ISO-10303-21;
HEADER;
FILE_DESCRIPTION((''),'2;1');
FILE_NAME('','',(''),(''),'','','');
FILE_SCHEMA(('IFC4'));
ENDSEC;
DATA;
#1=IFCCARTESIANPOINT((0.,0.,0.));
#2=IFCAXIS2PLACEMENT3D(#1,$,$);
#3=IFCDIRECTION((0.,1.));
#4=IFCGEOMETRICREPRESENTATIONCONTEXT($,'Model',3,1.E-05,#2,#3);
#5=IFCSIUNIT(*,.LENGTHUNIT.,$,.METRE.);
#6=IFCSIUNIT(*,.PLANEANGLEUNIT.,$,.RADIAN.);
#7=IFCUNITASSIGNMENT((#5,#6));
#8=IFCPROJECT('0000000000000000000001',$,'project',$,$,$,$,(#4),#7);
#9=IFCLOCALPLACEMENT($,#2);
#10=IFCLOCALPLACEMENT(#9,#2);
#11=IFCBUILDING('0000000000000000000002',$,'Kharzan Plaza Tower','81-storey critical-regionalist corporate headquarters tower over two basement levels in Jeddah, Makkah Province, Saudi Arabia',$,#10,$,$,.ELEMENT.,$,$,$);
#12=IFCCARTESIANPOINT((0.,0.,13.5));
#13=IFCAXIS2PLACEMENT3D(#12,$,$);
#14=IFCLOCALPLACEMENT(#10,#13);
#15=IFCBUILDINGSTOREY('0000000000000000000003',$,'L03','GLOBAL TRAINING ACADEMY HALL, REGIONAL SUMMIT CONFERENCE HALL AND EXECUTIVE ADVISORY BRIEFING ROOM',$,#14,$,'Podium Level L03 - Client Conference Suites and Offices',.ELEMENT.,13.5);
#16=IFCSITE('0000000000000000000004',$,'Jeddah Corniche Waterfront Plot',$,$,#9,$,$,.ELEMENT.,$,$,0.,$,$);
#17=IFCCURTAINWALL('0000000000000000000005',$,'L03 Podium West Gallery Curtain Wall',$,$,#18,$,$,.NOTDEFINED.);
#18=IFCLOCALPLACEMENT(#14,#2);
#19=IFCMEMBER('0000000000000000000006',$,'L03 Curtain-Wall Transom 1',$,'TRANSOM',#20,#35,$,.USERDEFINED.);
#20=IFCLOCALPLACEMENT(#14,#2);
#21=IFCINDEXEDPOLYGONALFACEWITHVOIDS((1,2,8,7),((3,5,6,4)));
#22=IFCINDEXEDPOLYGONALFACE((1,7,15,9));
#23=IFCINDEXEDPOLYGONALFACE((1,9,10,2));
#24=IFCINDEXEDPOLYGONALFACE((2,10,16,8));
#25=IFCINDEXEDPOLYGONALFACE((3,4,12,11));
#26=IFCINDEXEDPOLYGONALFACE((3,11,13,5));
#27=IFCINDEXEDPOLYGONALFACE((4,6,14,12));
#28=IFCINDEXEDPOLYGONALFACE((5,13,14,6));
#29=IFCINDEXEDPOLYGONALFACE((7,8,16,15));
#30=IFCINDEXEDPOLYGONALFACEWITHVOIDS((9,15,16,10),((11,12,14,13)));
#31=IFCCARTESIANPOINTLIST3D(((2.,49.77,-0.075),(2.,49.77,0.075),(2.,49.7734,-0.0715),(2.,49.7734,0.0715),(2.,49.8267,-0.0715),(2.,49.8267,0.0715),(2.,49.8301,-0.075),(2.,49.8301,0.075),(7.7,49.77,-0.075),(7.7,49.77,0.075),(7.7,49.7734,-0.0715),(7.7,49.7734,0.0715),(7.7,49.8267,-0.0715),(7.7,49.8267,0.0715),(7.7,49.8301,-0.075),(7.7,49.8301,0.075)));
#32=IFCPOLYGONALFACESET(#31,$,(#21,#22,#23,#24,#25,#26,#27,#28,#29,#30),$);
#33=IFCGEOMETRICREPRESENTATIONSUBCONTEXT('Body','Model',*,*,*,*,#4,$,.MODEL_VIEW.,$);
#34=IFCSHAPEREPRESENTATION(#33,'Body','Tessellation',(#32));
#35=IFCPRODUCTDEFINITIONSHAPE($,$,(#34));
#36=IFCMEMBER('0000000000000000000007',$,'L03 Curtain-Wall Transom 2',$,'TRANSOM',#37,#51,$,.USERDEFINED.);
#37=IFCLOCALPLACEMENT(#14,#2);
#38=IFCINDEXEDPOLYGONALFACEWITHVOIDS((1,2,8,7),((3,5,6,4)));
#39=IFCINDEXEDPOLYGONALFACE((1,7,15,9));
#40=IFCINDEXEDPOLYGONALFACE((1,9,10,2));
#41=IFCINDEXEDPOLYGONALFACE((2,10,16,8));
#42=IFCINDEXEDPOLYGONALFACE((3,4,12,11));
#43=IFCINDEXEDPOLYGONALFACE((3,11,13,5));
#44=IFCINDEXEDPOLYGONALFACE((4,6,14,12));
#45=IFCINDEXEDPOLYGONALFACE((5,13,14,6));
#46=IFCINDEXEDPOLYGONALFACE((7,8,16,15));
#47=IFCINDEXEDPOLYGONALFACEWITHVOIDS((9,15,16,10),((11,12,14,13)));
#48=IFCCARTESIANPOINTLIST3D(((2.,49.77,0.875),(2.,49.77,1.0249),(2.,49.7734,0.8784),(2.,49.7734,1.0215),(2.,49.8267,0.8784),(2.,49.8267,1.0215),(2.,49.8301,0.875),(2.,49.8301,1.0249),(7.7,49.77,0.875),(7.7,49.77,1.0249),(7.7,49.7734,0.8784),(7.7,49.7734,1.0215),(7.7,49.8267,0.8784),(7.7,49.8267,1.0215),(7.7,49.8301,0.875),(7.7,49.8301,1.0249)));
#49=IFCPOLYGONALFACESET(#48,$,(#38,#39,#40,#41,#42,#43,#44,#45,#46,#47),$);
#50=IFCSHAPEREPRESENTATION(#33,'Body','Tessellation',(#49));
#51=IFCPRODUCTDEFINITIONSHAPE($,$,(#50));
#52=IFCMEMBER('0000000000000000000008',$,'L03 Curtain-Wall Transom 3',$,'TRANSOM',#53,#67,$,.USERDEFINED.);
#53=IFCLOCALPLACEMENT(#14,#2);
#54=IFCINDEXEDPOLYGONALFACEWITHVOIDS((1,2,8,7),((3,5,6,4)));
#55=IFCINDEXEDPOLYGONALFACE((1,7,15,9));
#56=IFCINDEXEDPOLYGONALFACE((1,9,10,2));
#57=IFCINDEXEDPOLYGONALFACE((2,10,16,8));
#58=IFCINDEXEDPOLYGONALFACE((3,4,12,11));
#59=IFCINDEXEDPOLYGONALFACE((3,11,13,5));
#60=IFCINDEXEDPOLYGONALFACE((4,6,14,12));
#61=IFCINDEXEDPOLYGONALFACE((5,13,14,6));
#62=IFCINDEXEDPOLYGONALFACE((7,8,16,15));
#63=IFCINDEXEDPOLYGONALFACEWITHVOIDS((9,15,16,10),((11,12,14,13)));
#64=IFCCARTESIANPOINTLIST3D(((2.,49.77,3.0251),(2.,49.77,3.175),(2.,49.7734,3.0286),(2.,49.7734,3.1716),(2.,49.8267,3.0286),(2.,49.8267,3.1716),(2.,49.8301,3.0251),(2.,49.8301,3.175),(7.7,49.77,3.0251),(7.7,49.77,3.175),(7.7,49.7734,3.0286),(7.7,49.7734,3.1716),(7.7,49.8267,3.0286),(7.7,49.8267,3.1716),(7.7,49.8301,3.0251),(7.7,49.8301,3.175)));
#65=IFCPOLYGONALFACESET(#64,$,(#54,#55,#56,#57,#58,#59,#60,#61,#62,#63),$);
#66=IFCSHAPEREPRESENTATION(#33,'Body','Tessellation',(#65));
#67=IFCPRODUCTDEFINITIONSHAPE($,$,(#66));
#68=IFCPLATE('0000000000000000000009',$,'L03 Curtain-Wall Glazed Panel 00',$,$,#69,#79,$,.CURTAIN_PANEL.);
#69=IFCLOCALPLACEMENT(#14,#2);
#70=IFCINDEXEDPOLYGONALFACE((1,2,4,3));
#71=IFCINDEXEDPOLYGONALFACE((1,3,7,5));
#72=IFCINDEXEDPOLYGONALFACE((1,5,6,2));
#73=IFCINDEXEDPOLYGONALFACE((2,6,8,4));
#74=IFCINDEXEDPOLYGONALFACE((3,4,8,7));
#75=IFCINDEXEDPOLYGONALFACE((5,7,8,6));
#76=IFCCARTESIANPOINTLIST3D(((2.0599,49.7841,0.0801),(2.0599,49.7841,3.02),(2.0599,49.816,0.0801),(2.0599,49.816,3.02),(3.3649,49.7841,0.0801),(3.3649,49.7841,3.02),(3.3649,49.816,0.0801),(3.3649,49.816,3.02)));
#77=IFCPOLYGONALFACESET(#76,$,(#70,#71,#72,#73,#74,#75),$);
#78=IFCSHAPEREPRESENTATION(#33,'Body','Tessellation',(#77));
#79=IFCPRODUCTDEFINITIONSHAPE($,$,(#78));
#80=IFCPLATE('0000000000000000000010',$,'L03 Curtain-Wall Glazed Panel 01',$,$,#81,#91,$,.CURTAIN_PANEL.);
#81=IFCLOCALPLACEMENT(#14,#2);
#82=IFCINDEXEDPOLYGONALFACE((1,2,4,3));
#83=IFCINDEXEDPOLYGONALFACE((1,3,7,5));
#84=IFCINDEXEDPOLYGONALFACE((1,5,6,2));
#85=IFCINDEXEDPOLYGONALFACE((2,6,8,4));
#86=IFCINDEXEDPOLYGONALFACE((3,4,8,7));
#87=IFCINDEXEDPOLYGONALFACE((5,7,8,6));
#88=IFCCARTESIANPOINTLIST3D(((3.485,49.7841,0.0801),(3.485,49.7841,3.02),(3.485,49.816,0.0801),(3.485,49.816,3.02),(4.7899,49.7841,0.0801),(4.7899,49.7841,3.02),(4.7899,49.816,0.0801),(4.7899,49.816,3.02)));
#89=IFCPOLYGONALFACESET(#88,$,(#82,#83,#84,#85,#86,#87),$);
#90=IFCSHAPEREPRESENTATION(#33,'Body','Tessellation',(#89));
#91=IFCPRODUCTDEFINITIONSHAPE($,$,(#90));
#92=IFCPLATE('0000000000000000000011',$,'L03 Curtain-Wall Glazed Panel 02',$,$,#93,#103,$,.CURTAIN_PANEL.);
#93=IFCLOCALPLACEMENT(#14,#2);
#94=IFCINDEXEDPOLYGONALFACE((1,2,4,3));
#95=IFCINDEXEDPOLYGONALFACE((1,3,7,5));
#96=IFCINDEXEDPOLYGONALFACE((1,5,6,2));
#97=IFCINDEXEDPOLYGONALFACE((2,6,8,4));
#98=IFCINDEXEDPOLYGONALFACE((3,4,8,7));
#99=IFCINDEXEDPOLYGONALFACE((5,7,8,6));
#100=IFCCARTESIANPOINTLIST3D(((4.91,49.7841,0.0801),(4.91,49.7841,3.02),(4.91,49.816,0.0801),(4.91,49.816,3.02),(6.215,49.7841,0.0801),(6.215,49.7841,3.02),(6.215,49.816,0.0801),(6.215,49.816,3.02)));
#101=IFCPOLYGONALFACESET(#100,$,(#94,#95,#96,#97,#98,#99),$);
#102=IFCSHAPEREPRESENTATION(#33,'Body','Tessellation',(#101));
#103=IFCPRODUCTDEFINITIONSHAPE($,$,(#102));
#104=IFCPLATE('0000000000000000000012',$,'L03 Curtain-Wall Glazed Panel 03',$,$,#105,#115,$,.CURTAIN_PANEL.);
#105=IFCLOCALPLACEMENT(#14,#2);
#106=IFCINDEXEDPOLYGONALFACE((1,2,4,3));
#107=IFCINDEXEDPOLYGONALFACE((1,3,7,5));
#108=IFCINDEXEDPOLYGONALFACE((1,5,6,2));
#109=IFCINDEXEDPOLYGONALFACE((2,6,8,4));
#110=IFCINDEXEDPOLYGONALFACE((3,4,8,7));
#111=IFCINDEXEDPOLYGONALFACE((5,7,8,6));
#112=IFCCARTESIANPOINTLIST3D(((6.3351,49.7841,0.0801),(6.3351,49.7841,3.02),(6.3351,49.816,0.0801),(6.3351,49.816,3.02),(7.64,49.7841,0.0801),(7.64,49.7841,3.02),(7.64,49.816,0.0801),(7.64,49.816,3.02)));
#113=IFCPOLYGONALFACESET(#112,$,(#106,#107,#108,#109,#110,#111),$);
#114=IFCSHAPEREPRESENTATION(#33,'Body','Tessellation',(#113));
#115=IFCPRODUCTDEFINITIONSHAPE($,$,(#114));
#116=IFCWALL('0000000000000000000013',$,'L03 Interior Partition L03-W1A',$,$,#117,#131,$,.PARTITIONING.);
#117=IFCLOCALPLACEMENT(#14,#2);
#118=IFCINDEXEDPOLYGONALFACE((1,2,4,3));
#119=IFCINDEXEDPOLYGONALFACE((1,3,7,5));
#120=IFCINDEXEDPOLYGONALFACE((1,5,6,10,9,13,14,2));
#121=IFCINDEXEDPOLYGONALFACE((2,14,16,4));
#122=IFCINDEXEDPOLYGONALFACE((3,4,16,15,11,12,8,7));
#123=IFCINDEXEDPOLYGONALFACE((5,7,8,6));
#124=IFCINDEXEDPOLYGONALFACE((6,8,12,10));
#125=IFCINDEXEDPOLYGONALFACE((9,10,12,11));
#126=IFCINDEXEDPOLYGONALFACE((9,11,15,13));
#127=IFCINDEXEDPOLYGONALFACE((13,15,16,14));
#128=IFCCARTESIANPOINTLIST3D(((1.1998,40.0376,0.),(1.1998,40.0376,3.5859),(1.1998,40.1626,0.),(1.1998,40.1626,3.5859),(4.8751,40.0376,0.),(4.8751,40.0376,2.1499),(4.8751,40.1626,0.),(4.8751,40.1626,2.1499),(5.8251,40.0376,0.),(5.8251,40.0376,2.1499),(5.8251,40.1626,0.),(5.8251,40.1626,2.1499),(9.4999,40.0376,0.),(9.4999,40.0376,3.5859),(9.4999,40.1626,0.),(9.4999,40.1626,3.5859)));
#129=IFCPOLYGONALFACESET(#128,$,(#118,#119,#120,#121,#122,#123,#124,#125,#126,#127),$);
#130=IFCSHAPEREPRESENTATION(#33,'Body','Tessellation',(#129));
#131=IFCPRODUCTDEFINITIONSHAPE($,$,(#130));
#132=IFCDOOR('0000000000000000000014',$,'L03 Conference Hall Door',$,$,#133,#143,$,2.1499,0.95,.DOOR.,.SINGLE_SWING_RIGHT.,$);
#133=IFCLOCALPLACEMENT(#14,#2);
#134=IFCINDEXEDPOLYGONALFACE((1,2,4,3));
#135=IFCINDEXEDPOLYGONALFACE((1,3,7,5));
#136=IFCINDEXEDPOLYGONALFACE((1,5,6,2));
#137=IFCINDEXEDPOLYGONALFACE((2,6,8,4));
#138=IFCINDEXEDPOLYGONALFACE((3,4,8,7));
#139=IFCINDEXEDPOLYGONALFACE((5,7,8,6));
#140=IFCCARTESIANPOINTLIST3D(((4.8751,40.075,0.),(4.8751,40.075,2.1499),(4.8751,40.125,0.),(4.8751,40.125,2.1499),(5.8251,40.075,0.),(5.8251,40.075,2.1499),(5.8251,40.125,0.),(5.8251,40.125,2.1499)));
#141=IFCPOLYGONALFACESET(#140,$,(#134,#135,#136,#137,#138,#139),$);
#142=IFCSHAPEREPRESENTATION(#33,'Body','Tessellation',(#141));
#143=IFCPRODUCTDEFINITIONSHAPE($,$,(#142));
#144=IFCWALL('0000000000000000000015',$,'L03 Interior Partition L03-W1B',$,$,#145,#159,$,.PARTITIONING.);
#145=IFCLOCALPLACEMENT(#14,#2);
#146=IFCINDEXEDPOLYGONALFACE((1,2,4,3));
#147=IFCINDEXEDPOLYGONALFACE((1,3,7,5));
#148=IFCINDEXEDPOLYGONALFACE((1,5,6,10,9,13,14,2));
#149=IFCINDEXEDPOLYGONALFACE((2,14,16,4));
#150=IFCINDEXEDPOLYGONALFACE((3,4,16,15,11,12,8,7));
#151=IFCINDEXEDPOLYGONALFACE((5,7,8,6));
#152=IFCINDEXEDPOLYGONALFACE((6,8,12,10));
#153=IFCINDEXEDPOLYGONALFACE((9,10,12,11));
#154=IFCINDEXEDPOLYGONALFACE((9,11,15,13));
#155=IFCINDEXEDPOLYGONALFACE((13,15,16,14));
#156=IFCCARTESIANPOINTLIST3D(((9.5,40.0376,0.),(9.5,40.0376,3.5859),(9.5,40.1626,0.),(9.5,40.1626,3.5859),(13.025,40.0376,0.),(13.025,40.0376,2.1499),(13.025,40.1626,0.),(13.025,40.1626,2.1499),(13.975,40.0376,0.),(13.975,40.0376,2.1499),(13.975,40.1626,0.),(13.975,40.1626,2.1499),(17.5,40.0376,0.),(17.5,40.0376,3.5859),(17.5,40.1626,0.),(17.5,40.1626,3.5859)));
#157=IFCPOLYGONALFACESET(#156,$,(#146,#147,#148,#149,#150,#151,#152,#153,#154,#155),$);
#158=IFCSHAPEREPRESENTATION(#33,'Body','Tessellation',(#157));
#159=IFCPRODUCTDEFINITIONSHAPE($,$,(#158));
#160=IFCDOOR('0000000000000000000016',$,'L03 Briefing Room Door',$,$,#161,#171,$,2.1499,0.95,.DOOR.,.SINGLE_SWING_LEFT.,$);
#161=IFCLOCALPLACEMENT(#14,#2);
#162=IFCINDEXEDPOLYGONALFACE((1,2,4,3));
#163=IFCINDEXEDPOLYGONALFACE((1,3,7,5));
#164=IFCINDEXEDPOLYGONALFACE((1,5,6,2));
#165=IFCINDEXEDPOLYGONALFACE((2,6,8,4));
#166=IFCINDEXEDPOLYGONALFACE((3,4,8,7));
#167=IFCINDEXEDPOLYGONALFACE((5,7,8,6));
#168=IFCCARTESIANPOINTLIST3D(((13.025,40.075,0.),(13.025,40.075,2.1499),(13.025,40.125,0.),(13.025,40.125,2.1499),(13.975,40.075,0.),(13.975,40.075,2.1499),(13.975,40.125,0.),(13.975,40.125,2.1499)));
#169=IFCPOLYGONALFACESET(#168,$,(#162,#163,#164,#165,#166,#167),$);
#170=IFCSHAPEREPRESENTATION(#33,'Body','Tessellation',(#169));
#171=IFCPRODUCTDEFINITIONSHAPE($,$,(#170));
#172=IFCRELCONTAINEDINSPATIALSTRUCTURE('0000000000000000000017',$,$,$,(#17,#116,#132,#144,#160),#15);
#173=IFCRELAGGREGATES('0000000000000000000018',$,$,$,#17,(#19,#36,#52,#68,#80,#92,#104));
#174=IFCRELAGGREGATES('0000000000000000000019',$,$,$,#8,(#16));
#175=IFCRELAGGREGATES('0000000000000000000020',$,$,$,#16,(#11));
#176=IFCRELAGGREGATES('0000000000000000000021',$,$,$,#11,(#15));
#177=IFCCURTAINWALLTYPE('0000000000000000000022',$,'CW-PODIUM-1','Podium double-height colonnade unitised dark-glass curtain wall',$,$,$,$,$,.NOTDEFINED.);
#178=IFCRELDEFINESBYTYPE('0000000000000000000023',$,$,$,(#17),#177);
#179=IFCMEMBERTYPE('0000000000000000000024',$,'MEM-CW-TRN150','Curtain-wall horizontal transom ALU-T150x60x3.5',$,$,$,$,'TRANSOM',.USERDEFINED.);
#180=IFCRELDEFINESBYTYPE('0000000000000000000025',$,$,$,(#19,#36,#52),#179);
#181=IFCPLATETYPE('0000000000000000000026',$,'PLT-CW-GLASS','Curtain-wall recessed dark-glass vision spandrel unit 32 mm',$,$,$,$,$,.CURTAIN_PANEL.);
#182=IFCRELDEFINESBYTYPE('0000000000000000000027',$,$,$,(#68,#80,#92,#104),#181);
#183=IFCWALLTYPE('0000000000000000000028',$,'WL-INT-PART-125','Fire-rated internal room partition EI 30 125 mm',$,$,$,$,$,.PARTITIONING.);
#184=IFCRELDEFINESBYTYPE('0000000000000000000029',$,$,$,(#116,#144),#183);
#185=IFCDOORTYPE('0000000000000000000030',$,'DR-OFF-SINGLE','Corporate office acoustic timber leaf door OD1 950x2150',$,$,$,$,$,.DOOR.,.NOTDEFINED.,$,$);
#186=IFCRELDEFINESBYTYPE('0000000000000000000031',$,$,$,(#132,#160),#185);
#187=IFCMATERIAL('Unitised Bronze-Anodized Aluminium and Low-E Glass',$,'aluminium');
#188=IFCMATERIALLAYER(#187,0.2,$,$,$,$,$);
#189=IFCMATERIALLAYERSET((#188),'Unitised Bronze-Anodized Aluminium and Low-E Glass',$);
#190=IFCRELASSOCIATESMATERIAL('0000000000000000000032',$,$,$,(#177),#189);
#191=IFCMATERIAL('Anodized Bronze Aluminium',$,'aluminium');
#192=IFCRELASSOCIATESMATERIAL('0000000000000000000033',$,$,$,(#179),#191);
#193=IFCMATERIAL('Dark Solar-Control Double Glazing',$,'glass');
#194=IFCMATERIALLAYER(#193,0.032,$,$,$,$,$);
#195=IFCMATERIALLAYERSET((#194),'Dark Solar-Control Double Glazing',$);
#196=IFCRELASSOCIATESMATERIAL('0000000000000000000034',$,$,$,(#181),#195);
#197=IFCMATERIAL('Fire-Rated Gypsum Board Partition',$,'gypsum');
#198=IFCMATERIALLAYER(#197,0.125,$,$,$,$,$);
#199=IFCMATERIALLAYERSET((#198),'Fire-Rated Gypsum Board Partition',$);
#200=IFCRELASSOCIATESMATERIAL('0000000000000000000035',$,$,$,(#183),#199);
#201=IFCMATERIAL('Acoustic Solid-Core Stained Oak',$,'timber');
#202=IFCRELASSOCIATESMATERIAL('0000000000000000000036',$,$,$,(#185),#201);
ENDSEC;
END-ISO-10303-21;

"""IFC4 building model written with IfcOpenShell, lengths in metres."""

from ifc_helpers import new_model, si_unit, direction, frame, frame_2d, origin, origin_2d, place, context, subcontext, project, spatial, rectangle, hollow_rectangle, extrude, source, transform, mapped, material, layer, layer_set, material_profile, profile_set, type_object, element, fill, aggregate, save


model = new_model("IFC4")

# Units and contexts
model_context = context("Model", 3, precision=1e-05, world=origin(), true_north=direction((0.0, 1.0)))
body_context = subcontext(model_context, "Body", "Model", "MODEL_VIEW")
ifc_project = project(units=[si_unit("LENGTHUNIT", "METRE"), si_unit("PLANEANGLEUNIT", "RADIAN")], contexts=[model_context])

# Site, building, storey
site_placement = place(None, origin())
site = spatial("IfcSite", under=ifc_project, at=site_placement, Name="Jeddah Corniche Waterfront Plot", CompositionType="ELEMENT", RefElevation=0.0)
building_placement = place(site_placement, origin())
building = spatial("IfcBuilding", under=site, at=building_placement, Name="Kharzan Plaza Tower", Description="81-storey critical-regionalist corporate headquarters tower over two basement levels in Jeddah, Makkah Province, Saudi Arabia", CompositionType="ELEMENT")
storey_placement = place(building_placement, frame((0.0, 0.0, 13.5)))
storey = spatial("IfcBuildingStorey", under=building, at=storey_placement, Name="L03", Description="GLOBAL TRAINING ACADEMY HALL, REGIONAL SUMMIT CONFERENCE HALL AND EXECUTIVE ADVISORY BRIEFING ROOM", LongName="Podium Level L03 - Client Conference Suites and Offices", CompositionType="ELEMENT", Elevation=13.5)

# Curtain wall, members, plates
ifc_material_1 = material(Name="Unitised Bronze-Anodized Aluminium and Low-E Glass", Category="aluminium")
ifc_layer_1 = layer(ifc_material_1, 0.2)
ifc_layer_set_1 = layer_set([ifc_layer_1], Name="Unitised Bronze-Anodized Aluminium and Low-E Glass")
curtain_wall_type = type_object("IfcCurtainWallType", Name="CW-PODIUM-1", Description="Podium double-height colonnade unitised dark-glass curtain wall", PredefinedType="NOTDEFINED", material=ifc_layer_set_1)
curtain_wall_placement = place(storey_placement, origin())
curtain_wall = element("IfcCurtainWall", 1, at=curtain_wall_placement, inside=storey, type_object=curtain_wall_type, Name="L03 Podium West Gallery Curtain Wall", PredefinedType="NOTDEFINED")
ifc_material_2 = material(Name="Anodized Bronze Aluminium", Category="aluminium")
ifc_material_profile_1 = material_profile(ifc_material_2, hollow_rectangle(XDim=0.0601, YDim=0.1499, WallThickness=0.0034, at=origin_2d()), Name="ALU-T150x60x3.5")
ifc_profile_set_1 = profile_set([ifc_material_profile_1], Name="Anodized Bronze Aluminium")
member_type_1 = type_object("IfcMemberType", Name="MEM-CW-TRN150", Description="Curtain-wall horizontal transom ALU-T150x60x3.5", ElementType="TRANSOM", PredefinedType="USERDEFINED", material=ifc_profile_set_1)
shared_shape_1 = source(origin(), body_context, "Body", "SweptSolid", [
    extrude(hollow_rectangle(XDim=0.0601, YDim=0.1499, WallThickness=0.0034, at=origin_2d()), origin(), (0.0, 0.0, 1.0), 5.7),
])
member_1_placement = place(storey_placement, frame((2.0, 49.8, 0.0), z_axis=(1.0, 0.0, 0.0), x_axis=(0.0, 1.0, 0.0)))
member_1 = element("IfcMember", 2, at=member_1_placement, type_object=member_type_1, Name="L03 Curtain-Wall Transom 1", ObjectType="TRANSOM", PredefinedType="USERDEFINED", context=body_context, shape_type="MappedRepresentation", body=[
    mapped(shared_shape_1, transform((0.0, 0.0, 0.0), x_axis=(1.0, 0.0, 0.0), y_axis=(0.0, 1.0, 0.0), z_axis=(0.0, 0.0, 1.0))),
])
member_2_placement = place(storey_placement, frame((2.0, 49.8, 0.95), z_axis=(1.0, 0.0, 0.0), x_axis=(0.0, 1.0, 0.0)))
member_2 = element("IfcMember", 3, at=member_2_placement, type_object=member_type_1, Name="L03 Curtain-Wall Transom 2", ObjectType="TRANSOM", PredefinedType="USERDEFINED", context=body_context, shape_type="MappedRepresentation", body=[
    mapped(shared_shape_1, transform((0.0, 0.0, 0.0), x_axis=(1.0, 0.0, 0.0), y_axis=(0.0, 1.0, 0.0), z_axis=(0.0, 0.0, 1.0))),
])
member_3_placement = place(storey_placement, frame((2.0, 49.8, 3.1001), z_axis=(1.0, 0.0, 0.0), x_axis=(0.0, 1.0, 0.0)))
member_3 = element("IfcMember", 4, at=member_3_placement, type_object=member_type_1, Name="L03 Curtain-Wall Transom 3", ObjectType="TRANSOM", PredefinedType="USERDEFINED", context=body_context, shape_type="MappedRepresentation", body=[
    mapped(shared_shape_1, transform((0.0, 0.0, 0.0), x_axis=(1.0, 0.0, 0.0), y_axis=(0.0, 1.0, 0.0), z_axis=(0.0, 0.0, 1.0))),
])
ifc_material_3 = material(Name="Dark Solar-Control Double Glazing", Category="glass")
ifc_layer_2 = layer(ifc_material_3, 0.032)
ifc_layer_set_2 = layer_set([ifc_layer_2], Name="Dark Solar-Control Double Glazing")
plate_type = type_object("IfcPlateType", Name="PLT-CW-GLASS", Description="Curtain-wall recessed dark-glass vision spandrel unit 32 mm", PredefinedType="CURTAIN_PANEL", material=ifc_layer_set_2)
shared_shape_2 = source(origin(), body_context, "Body", "SweptSolid", [
    extrude(rectangle(XDim=1.3049, YDim=0.032, at=origin_2d()), origin(), (0.0, 0.0, 1.0), 2.9399),
])
plate_1_placement = place(storey_placement, frame((2.7124, 49.8, 0.0801), z_axis=(0.0, 0.0, 1.0), x_axis=(1.0, 0.0, 0.0)))
plate_1 = element("IfcPlate", 5, at=plate_1_placement, type_object=plate_type, Name="L03 Curtain-Wall Glazed Panel 00", PredefinedType="CURTAIN_PANEL", context=body_context, shape_type="MappedRepresentation", body=[
    mapped(shared_shape_2, transform((0.0, 0.0, 0.0), x_axis=(1.0, 0.0, 0.0), y_axis=(0.0, 1.0, 0.0), z_axis=(0.0, 0.0, 1.0))),
])
plate_2_placement = place(storey_placement, frame((4.1375, 49.8, 0.0801), z_axis=(0.0, 0.0, 1.0), x_axis=(1.0, 0.0, 0.0)))
plate_2 = element("IfcPlate", 6, at=plate_2_placement, type_object=plate_type, Name="L03 Curtain-Wall Glazed Panel 01", PredefinedType="CURTAIN_PANEL", context=body_context, shape_type="MappedRepresentation", body=[
    mapped(shared_shape_2, transform((0.0, 0.0, 0.0), x_axis=(1.0, 0.0, 0.0), y_axis=(0.0, 1.0, 0.0), z_axis=(0.0, 0.0, 1.0))),
])
plate_3_placement = place(storey_placement, frame((5.5625, 49.8, 0.0801), z_axis=(0.0, 0.0, 1.0), x_axis=(1.0, 0.0, 0.0)))
plate_3 = element("IfcPlate", 7, at=plate_3_placement, type_object=plate_type, Name="L03 Curtain-Wall Glazed Panel 02", PredefinedType="CURTAIN_PANEL", context=body_context, shape_type="MappedRepresentation", body=[
    mapped(shared_shape_2, transform((0.0, 0.0, 0.0), x_axis=(1.0, 0.0, 0.0), y_axis=(0.0, 1.0, 0.0), z_axis=(0.0, 0.0, 1.0))),
])
plate_4_placement = place(storey_placement, frame((6.9875, 49.8, 0.0801), z_axis=(0.0, 0.0, 1.0), x_axis=(1.0, 0.0, 0.0)))
plate_4 = element("IfcPlate", 8, at=plate_4_placement, type_object=plate_type, Name="L03 Curtain-Wall Glazed Panel 03", PredefinedType="CURTAIN_PANEL", context=body_context, shape_type="MappedRepresentation", body=[
    mapped(shared_shape_2, transform((0.0, 0.0, 0.0), x_axis=(1.0, 0.0, 0.0), y_axis=(0.0, 1.0, 0.0), z_axis=(0.0, 0.0, 1.0))),
])
aggregate(curtain_wall, [member_1, member_2, member_3, plate_1, plate_2, plate_3, plate_4])

# Walls, openings, doors
ifc_material_4 = material(Name="Fire-Rated Gypsum Board Partition", Category="gypsum")
ifc_layer_3 = layer(ifc_material_4, 0.125)
ifc_layer_set_3 = layer_set([ifc_layer_3], Name="Fire-Rated Gypsum Board Partition")
wall_type_1 = type_object("IfcWallType", Name="WL-INT-PART-125", Description="Fire-rated internal room partition EI 30 125 mm", PredefinedType="PARTITIONING", material=ifc_layer_set_3)
wall_1_placement = place(storey_placement, frame((1.2, 40.1001, 0.0), z_axis=(0.0, 0.0, 1.0), x_axis=(1.0, 0.0, 0.0)))
wall_1 = element("IfcWall", 9, at=wall_1_placement, inside=storey, type_object=wall_type_1, Name="L03 Interior Partition L03-W1A", PredefinedType="PARTITIONING", context=body_context, shape_type="SweptSolid", body=[
    extrude(rectangle(XDim=8.3, YDim=0.125, at=frame_2d((4.1499, 0.0))), origin(), (0.0, 0.0, 1.0), 3.5859),
])
opening_1_placement = place(wall_1_placement, frame((3.675, 0.0, 0.0)))
opening_1 = element("IfcOpeningElement", 10, at=opening_1_placement, cuts=wall_1, PredefinedType="OPENING", context=body_context, shape_type="SweptSolid", body=[
    extrude(rectangle(XDim=0.95, YDim=2.1499, at=frame_2d((0.4751, 1.075))), frame((0.0, 0.0725, 0.0), z_axis=(0.0, -1.0, 0.0), x_axis=(1.0, 0.0, 0.0)), (0.0, 0.0, 1.0), 0.145),
])
ifc_material_5 = material(Name="Acoustic Solid-Core Stained Oak", Category="timber")
door_type = type_object("IfcDoorType", Name="DR-OFF-SINGLE", Description="Corporate office acoustic timber leaf door OD1 950x2150", OperationType="NOTDEFINED", PredefinedType="DOOR", material=ifc_material_5)
shared_shape_3 = source(origin(), body_context, "Body", "SweptSolid", [
    extrude(rectangle(XDim=0.95, YDim=2.1499, at=frame_2d((0.4751, 1.075))), frame((0.0, 0.0249, 0.0), z_axis=(0.0, -1.0, 0.0), x_axis=(1.0, 0.0, 0.0)), (0.0, 0.0, 1.0), 0.05),
])
door_1_placement = place(opening_1_placement, origin())
door_1 = element("IfcDoor", 11, at=door_1_placement, inside=storey, type_object=door_type, Name="L03 Conference Hall Door", OperationType="SINGLE_SWING_RIGHT", OverallHeight=2.1499, OverallWidth=0.95, PredefinedType="DOOR", context=body_context, shape_type="MappedRepresentation", body=[
    mapped(shared_shape_3, transform((0.0, 0.0, 0.0), x_axis=(1.0, 0.0, 0.0), y_axis=(0.0, 1.0, 0.0), z_axis=(0.0, 0.0, 1.0))),
])
fill(opening_1, door_1)
wall_2_placement = place(storey_placement, frame((9.5, 40.1001, 0.0), z_axis=(0.0, 0.0, 1.0), x_axis=(1.0, 0.0, 0.0)))
wall_2 = element("IfcWall", 12, at=wall_2_placement, inside=storey, type_object=wall_type_1, Name="L03 Interior Partition L03-W1B", PredefinedType="PARTITIONING", context=body_context, shape_type="SweptSolid", body=[
    extrude(rectangle(XDim=8.0, YDim=0.125, at=frame_2d((4.0, 0.0))), origin(), (0.0, 0.0, 1.0), 3.5859),
])
opening_2_placement = place(wall_2_placement, frame((3.5249, 0.0, 0.0)))
opening_2 = element("IfcOpeningElement", 13, at=opening_2_placement, cuts=wall_2, PredefinedType="OPENING", context=body_context, shape_type="SweptSolid", body=[
    extrude(rectangle(XDim=0.95, YDim=2.1499, at=frame_2d((0.4751, 1.075))), frame((0.0, 0.0725, 0.0), z_axis=(0.0, -1.0, 0.0), x_axis=(1.0, 0.0, 0.0)), (0.0, 0.0, 1.0), 0.145),
])
door_2_placement = place(opening_2_placement, origin())
door_2 = element("IfcDoor", 14, at=door_2_placement, inside=storey, type_object=door_type, Name="L03 Briefing Room Door", OperationType="SINGLE_SWING_LEFT", OverallHeight=2.1499, OverallWidth=0.95, PredefinedType="DOOR", context=body_context, shape_type="MappedRepresentation", body=[
    mapped(shared_shape_3, transform((0.0, 0.0, 0.0), x_axis=(1.0, 0.0, 0.0), y_axis=(0.0, 1.0, 0.0), z_axis=(0.0, 0.0, 1.0))),
])
fill(opening_2, door_2)

save(model, "model.ifc")
